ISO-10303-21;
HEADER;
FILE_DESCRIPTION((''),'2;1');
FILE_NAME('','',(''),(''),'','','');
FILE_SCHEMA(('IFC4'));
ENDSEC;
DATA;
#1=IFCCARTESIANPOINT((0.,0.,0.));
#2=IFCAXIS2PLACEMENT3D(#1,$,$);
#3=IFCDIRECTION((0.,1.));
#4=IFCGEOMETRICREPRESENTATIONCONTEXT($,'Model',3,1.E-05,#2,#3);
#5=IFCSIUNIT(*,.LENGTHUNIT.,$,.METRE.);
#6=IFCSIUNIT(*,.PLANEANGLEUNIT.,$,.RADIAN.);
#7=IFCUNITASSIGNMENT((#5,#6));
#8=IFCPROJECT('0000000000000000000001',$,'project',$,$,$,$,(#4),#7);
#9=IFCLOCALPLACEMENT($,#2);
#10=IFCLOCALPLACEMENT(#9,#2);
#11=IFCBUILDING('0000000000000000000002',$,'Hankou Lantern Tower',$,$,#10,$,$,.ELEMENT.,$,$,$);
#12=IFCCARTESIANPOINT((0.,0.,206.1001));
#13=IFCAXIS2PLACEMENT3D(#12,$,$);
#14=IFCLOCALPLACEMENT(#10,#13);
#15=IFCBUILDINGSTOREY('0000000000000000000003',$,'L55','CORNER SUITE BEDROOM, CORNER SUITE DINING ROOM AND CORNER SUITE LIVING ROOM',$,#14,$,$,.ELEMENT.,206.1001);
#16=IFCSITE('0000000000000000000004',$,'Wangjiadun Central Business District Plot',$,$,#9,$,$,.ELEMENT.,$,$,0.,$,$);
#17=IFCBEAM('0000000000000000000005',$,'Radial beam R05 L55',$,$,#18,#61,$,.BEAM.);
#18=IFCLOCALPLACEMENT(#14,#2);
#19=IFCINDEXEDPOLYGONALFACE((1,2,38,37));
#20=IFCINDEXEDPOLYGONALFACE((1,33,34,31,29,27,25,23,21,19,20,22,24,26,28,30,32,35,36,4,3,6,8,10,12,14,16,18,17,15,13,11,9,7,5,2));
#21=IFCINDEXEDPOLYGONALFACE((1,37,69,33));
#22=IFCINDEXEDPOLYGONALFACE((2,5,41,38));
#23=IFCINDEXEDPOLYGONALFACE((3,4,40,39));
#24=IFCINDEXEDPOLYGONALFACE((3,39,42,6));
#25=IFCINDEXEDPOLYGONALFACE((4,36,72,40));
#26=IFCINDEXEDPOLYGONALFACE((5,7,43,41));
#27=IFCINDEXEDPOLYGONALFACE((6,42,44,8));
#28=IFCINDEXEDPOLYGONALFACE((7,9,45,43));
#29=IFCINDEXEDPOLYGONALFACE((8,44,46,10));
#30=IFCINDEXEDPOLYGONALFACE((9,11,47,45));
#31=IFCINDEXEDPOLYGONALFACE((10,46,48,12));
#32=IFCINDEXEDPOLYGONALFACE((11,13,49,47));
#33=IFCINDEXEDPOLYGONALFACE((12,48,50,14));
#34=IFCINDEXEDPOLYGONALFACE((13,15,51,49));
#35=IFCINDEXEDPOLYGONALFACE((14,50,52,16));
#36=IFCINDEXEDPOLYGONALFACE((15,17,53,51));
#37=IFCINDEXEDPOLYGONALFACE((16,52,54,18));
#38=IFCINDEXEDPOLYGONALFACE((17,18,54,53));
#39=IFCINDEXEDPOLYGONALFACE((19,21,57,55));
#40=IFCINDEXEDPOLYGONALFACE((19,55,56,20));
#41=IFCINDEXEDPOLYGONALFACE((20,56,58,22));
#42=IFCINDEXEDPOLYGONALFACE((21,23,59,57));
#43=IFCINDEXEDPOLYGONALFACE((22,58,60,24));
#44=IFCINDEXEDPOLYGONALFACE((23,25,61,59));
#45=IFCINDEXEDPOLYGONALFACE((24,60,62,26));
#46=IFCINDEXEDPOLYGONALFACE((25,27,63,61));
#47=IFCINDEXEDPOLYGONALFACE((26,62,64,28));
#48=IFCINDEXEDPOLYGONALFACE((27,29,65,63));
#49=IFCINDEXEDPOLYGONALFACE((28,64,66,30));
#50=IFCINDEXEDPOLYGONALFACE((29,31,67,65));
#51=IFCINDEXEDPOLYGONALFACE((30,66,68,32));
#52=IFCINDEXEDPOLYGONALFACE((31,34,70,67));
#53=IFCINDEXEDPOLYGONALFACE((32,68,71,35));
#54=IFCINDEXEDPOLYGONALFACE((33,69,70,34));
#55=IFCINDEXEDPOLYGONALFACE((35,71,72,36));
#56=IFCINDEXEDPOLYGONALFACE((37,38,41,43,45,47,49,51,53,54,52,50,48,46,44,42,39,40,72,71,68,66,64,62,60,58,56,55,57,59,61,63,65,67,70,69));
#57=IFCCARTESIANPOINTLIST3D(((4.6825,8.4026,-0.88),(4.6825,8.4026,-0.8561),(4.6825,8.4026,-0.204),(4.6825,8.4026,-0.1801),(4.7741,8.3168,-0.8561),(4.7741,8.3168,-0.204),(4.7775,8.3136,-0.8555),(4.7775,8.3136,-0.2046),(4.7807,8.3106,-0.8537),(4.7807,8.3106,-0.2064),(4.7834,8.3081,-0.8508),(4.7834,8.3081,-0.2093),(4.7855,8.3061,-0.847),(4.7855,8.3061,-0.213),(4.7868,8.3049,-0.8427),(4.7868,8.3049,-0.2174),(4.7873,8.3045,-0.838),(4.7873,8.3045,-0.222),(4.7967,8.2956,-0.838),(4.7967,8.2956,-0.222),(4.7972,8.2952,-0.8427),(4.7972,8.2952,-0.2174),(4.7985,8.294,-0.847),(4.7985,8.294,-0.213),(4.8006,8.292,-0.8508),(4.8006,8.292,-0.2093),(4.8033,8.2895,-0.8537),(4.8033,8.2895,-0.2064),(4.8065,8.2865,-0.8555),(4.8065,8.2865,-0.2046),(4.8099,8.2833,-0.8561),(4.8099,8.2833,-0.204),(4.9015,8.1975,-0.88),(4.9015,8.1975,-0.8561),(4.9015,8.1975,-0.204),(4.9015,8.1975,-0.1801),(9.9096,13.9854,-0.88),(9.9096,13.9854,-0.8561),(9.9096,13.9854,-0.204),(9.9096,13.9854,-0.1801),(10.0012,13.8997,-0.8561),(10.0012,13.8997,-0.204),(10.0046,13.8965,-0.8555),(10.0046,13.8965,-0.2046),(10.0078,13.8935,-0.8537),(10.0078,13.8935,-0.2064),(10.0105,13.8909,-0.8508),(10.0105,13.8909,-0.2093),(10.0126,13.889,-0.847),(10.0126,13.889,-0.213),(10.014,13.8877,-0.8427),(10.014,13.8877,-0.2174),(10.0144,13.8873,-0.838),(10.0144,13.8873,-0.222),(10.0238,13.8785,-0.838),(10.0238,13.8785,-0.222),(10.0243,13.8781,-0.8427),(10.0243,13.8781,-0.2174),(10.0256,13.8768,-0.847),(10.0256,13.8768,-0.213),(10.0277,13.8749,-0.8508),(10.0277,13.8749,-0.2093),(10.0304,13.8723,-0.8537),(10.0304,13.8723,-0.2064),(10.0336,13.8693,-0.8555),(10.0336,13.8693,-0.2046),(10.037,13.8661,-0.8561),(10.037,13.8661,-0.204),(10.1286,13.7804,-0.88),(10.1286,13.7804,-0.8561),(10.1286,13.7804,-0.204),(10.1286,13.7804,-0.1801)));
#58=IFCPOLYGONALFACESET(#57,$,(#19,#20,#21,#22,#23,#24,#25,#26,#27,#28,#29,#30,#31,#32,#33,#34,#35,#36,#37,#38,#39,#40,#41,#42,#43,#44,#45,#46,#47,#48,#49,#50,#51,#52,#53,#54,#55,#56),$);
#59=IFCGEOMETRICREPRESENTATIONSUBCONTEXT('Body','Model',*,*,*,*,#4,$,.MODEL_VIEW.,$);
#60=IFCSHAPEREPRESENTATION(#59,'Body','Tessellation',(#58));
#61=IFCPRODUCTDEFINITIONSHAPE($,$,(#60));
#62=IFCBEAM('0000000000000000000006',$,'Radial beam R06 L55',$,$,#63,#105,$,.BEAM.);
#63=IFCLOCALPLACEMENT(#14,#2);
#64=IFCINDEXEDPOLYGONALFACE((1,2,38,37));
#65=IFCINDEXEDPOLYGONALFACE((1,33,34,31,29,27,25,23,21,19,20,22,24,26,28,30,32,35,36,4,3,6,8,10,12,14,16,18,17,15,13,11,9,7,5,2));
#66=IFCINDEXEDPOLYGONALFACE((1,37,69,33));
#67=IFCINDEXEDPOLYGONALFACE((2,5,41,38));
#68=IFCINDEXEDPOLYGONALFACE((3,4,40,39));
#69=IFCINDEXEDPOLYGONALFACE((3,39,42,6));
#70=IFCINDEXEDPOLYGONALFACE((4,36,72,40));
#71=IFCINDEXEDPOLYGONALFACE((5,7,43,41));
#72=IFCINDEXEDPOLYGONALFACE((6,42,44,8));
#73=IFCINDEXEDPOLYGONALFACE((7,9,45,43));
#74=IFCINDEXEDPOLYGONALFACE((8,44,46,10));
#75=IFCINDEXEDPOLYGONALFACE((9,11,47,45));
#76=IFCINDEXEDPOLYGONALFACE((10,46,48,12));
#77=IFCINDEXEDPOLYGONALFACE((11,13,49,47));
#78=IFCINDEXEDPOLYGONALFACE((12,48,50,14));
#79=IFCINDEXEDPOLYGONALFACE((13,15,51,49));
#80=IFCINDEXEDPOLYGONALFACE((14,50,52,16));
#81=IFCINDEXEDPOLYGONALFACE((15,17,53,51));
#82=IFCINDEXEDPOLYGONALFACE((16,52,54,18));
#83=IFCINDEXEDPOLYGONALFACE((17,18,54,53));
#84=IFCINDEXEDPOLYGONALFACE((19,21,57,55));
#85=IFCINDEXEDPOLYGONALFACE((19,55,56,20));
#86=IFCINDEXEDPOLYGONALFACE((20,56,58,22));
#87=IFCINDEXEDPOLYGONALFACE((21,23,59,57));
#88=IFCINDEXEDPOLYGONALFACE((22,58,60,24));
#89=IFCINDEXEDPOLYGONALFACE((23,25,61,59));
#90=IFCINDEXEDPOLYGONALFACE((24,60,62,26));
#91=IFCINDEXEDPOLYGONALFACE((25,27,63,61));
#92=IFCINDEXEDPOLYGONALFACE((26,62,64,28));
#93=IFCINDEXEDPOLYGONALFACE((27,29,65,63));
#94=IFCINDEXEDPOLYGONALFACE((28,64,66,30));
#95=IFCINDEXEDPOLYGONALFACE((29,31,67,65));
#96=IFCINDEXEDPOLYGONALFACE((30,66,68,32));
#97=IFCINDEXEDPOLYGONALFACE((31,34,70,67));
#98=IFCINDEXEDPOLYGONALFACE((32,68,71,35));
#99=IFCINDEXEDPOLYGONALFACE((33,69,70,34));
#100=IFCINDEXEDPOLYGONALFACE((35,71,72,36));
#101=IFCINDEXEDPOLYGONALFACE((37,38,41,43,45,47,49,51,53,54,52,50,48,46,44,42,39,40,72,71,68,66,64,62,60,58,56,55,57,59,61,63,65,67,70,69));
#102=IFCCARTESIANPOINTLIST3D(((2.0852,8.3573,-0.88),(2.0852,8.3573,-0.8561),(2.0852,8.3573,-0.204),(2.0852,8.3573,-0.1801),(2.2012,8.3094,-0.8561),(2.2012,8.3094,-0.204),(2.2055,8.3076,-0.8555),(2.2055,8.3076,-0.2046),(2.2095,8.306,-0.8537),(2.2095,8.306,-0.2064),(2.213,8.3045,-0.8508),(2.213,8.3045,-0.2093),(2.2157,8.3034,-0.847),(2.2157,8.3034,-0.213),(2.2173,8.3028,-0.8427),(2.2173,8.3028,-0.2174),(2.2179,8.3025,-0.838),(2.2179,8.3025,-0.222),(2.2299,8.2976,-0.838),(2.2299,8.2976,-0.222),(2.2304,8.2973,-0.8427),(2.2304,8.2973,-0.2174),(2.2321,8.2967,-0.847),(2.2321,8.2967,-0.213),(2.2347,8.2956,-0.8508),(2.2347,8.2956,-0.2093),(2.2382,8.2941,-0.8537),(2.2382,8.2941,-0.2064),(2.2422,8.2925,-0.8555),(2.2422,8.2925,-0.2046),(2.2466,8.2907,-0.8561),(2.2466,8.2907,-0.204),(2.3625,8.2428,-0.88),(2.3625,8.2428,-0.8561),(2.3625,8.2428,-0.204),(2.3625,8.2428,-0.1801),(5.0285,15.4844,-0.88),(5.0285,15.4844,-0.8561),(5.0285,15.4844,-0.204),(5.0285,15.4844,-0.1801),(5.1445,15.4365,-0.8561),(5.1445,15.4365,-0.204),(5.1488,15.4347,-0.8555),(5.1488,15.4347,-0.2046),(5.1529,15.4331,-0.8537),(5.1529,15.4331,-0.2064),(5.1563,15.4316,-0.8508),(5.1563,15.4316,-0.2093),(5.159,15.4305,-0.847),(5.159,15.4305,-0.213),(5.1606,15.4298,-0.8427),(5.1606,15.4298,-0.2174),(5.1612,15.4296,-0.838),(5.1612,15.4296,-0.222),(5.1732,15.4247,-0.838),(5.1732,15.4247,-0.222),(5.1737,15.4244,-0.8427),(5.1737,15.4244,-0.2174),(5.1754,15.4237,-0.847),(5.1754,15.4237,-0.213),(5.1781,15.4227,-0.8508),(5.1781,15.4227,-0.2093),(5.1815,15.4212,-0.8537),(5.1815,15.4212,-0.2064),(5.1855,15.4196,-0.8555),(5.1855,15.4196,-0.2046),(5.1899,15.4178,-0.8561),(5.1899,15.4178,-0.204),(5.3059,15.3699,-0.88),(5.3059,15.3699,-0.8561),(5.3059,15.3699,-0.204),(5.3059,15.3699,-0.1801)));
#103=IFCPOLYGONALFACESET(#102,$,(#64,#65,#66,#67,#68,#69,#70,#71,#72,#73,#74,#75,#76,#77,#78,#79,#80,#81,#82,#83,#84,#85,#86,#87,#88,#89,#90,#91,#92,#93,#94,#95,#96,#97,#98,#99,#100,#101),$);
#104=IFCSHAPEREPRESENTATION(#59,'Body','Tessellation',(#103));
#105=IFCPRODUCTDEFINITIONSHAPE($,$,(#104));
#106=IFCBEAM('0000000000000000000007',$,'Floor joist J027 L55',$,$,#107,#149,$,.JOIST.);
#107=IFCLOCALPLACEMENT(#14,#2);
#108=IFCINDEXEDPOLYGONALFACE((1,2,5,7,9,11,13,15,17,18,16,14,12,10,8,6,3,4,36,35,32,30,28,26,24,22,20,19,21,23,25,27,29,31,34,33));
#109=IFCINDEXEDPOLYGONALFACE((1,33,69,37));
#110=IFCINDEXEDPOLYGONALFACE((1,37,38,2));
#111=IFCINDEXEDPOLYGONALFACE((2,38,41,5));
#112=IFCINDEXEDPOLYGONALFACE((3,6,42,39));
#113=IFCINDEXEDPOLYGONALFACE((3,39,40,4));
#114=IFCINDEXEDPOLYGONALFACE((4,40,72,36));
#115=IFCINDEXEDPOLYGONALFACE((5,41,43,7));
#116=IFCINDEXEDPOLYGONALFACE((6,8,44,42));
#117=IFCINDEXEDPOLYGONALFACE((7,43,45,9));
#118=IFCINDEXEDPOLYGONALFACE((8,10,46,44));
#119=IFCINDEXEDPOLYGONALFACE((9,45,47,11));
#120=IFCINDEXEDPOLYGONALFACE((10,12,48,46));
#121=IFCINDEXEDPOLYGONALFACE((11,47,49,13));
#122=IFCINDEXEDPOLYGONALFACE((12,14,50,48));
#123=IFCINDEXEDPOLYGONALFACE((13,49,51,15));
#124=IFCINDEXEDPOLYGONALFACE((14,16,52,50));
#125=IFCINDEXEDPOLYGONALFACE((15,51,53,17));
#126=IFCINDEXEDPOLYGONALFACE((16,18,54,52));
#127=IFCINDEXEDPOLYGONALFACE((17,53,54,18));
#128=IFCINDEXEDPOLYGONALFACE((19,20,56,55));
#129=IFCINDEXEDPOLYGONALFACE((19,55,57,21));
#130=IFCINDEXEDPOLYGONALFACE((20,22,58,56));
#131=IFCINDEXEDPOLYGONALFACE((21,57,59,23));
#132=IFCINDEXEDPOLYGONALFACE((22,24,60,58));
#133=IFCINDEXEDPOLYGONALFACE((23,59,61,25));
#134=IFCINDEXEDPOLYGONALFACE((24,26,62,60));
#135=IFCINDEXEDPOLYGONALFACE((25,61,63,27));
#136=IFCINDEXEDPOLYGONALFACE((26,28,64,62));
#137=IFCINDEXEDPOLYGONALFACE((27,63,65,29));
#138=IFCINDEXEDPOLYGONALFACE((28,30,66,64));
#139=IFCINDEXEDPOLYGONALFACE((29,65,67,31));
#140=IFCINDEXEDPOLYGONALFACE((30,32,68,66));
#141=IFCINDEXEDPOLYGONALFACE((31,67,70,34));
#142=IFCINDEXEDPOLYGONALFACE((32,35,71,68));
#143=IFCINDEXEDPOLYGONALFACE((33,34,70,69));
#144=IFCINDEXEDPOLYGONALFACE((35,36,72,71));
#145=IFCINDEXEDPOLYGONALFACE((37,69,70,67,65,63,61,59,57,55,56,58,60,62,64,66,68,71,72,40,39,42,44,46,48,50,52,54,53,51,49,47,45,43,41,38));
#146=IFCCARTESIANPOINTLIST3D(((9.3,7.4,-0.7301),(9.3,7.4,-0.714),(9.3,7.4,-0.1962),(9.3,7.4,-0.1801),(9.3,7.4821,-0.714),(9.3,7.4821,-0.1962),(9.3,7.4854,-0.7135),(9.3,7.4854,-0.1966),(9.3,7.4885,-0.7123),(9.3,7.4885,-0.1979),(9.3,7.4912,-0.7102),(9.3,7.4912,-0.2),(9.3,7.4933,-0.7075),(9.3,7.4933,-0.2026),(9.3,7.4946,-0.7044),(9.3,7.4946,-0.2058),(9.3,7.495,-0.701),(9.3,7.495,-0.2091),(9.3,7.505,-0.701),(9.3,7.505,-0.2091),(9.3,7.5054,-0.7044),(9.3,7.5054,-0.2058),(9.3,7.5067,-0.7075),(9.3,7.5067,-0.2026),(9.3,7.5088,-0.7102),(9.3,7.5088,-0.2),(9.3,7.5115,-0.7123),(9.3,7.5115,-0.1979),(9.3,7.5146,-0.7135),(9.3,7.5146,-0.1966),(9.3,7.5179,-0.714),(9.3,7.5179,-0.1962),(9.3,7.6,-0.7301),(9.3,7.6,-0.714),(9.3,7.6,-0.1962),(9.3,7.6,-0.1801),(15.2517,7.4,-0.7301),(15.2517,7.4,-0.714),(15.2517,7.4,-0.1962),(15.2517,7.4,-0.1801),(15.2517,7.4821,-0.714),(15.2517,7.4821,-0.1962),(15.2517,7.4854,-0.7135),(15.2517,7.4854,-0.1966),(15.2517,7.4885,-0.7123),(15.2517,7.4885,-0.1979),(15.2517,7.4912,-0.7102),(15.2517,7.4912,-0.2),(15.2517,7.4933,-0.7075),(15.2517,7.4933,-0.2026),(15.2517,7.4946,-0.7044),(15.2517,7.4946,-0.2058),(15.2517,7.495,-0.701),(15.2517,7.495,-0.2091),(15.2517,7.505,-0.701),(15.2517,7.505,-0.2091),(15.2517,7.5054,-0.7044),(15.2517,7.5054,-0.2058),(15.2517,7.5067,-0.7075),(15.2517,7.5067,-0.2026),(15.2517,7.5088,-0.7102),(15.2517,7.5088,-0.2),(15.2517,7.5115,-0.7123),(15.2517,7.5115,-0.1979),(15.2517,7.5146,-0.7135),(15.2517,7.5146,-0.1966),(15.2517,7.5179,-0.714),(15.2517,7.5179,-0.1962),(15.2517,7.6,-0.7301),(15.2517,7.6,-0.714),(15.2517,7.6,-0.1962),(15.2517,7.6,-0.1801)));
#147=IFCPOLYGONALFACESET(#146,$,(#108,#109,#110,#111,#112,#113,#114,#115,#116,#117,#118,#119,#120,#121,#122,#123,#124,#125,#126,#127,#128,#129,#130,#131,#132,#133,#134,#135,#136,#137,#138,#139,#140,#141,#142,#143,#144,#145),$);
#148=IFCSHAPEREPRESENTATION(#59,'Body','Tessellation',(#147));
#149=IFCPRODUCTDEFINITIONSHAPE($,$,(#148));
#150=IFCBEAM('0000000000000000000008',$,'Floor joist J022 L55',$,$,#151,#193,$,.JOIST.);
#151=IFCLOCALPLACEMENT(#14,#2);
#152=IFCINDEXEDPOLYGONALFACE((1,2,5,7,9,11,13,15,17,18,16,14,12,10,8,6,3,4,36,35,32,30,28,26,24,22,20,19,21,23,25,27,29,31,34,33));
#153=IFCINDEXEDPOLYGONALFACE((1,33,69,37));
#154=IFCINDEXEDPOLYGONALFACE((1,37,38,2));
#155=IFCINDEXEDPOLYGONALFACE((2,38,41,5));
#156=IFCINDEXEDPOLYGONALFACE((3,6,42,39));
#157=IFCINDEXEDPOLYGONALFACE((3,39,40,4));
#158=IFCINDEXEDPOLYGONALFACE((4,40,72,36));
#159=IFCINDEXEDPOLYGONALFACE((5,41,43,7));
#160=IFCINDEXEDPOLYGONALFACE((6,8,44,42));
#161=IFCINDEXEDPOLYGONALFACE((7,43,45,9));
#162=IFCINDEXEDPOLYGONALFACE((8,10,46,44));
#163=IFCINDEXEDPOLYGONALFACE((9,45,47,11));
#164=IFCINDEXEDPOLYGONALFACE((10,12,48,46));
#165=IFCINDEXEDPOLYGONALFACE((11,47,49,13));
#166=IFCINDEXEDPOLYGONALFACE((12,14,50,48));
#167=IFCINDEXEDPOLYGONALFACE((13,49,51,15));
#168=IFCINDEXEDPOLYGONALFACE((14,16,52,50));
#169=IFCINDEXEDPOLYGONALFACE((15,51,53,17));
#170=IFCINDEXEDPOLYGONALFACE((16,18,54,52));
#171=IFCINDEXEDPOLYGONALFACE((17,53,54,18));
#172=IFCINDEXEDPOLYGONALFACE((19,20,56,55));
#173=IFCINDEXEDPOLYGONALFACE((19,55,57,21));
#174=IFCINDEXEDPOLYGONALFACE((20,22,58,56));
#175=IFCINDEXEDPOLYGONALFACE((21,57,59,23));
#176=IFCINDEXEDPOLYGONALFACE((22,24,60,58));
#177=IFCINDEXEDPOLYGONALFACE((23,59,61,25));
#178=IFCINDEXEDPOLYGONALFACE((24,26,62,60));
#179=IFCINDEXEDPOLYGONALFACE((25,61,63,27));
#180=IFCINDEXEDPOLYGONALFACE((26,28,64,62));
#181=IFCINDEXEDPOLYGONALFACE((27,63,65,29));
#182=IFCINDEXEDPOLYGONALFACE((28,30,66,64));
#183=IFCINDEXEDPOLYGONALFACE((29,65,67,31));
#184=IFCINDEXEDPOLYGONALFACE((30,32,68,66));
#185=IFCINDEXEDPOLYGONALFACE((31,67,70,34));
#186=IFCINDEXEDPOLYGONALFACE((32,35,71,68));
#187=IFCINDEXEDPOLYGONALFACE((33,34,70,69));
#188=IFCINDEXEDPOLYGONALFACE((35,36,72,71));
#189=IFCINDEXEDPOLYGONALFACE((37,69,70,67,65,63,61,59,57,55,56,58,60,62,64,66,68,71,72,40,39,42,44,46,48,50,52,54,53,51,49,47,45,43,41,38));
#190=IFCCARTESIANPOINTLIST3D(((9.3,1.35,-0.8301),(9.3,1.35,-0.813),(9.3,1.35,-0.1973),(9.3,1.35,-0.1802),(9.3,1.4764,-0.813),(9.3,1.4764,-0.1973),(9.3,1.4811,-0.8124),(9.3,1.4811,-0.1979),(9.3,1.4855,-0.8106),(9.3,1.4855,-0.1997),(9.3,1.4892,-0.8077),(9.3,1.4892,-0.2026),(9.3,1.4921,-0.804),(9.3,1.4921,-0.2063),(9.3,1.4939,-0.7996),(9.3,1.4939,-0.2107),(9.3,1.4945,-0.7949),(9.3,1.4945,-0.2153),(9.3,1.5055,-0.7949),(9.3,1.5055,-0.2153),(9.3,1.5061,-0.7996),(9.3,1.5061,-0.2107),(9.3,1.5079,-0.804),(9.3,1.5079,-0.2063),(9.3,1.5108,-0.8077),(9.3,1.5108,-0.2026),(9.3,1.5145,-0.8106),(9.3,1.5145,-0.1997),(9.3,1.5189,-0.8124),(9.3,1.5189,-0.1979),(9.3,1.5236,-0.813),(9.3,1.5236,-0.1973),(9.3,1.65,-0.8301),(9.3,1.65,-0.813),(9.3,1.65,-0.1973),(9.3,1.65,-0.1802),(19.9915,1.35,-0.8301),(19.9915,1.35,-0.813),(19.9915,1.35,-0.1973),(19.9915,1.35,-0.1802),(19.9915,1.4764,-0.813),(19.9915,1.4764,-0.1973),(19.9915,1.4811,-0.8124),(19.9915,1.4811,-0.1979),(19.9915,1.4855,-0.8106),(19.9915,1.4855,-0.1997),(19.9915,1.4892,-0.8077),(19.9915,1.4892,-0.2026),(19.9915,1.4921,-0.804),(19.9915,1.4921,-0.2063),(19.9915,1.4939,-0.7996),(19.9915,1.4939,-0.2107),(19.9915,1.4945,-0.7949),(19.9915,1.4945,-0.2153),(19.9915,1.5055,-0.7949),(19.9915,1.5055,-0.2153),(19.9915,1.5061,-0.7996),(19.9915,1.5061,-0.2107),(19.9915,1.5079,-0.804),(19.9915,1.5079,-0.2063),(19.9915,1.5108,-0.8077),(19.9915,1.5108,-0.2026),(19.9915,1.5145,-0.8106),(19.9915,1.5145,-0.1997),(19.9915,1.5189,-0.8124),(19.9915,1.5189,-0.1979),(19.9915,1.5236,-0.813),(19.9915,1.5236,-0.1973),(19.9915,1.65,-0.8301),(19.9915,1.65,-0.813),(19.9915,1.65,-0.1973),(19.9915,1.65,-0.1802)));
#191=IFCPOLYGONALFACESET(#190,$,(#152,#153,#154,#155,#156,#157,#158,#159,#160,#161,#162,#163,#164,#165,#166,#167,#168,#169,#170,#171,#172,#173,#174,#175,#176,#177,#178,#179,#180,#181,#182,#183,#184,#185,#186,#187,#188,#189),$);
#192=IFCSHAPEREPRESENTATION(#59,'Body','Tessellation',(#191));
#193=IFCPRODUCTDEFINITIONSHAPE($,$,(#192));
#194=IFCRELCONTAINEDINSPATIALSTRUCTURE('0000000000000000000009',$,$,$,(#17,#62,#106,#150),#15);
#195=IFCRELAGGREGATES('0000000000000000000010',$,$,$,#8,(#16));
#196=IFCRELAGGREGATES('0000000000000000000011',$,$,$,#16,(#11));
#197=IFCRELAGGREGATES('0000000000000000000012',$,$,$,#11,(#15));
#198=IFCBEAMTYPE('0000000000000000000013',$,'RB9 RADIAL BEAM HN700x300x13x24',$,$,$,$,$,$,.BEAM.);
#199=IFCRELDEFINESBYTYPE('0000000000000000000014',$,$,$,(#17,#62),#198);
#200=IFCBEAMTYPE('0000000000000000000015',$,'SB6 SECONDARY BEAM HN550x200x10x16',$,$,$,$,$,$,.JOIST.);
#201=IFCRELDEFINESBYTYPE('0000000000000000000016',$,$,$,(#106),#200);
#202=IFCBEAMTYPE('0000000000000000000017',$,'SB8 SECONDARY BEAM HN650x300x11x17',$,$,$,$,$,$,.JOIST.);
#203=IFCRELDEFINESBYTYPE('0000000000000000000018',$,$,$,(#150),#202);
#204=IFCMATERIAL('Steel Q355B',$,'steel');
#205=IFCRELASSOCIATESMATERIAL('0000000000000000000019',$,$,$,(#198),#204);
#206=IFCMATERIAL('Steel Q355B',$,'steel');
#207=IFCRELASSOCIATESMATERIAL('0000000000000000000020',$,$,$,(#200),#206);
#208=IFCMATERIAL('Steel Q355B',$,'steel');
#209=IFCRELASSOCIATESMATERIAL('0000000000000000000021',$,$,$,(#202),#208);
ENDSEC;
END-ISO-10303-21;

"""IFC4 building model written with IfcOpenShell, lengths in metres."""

from ifc_helpers import new_model, si_unit, direction, frame, origin, origin_2d, place, context, subcontext, project, spatial, i_section, extrude, material, material_profile, profile_set, type_object, element, save


model = new_model("IFC4")

# Units and contexts
model_context = context("Model", 3, precision=1e-05, world=origin(), true_north=direction((0.0, 1.0)))
body_context = subcontext(model_context, "Body", "Model", "MODEL_VIEW")
ifc_project = project(units=[si_unit("LENGTHUNIT", "METRE"), si_unit("PLANEANGLEUNIT", "RADIAN")], contexts=[model_context])

# Site, building, storey
site_placement = place(None, origin())
site = spatial("IfcSite", under=ifc_project, at=site_placement, Name="Wangjiadun Central Business District Plot", CompositionType="ELEMENT", RefElevation=0.0)
building_placement = place(site_placement, origin())
building = spatial("IfcBuilding", under=site, at=building_placement, Name="Hankou Lantern Tower", CompositionType="ELEMENT")
storey_placement = place(building_placement, frame((0.0, 0.0, 206.1001)))
storey = spatial("IfcBuildingStorey", under=building, at=storey_placement, Name="L55", Description="CORNER SUITE BEDROOM, CORNER SUITE DINING ROOM AND CORNER SUITE LIVING ROOM", CompositionType="ELEMENT", Elevation=206.1001)

# Beams
ifc_material_1 = material(Name="Steel Q355B", Category="steel")
ifc_material_profile_1 = material_profile(ifc_material_1, i_section(OverallWidth=0.3, OverallDepth=0.7, WebThickness=0.0129, FlangeThickness=0.0239, FilletRadius=0.0181, at=origin_2d()), Name="HN700x300x13x24")
ifc_profile_set_1 = profile_set([ifc_material_profile_1], Name="Steel Q355B")
beam_type_1 = type_object("IfcBeamType", Name="RB9 RADIAL BEAM HN700x300x13x24", PredefinedType="BEAM", material=ifc_profile_set_1)
beam_1_placement = place(storey_placement, frame((4.792, 8.3, -0.53), z_axis=(0.683468, 0.72998, 0.0), x_axis=(-0.72998, 0.683468, 0.0)))
element("IfcBeam", 1, at=beam_1_placement, inside=storey, type_object=beam_type_1, Name="Radial beam R05 L55", PredefinedType="BEAM", context=body_context, shape_type="SweptSolid", body=[
    extrude(i_section(OverallWidth=0.3, OverallDepth=0.7, WebThickness=0.0129, FlangeThickness=0.0239, FilletRadius=0.0181, at=origin_2d()), origin(), (0.0, 0.0, 1.0), 7.6479),
])
beam_2_placement = place(storey_placement, frame((2.2239, 8.3, -0.53), z_axis=(0.381707, 0.924284, 0.0), x_axis=(-0.924284, 0.381707, 0.0)))
element("IfcBeam", 2, at=beam_2_placement, inside=storey, type_object=beam_type_1, Name="Radial beam R06 L55", PredefinedType="BEAM", context=body_context, shape_type="SweptSolid", body=[
    extrude(i_section(OverallWidth=0.3, OverallDepth=0.7, WebThickness=0.0129, FlangeThickness=0.0239, FilletRadius=0.0181, at=origin_2d()), origin(), (0.0, 0.0, 1.0), 7.7109),
])
ifc_material_2 = material(Name="Steel Q355B", Category="steel")
ifc_material_profile_2 = material_profile(ifc_material_2, i_section(OverallWidth=0.2, OverallDepth=0.55, WebThickness=0.01, FlangeThickness=0.0161, FilletRadius=0.0129, at=origin_2d()), Name="HN550x200x10x16")
ifc_profile_set_2 = profile_set([ifc_material_profile_2], Name="Steel Q355B")
beam_type_2 = type_object("IfcBeamType", Name="SB6 SECONDARY BEAM HN550x200x10x16", PredefinedType="JOIST", material=ifc_profile_set_2)
beam_3_placement = place(storey_placement, frame((9.3, 7.5, -0.4551), z_axis=(1.0, 0.0, 0.0), x_axis=(0.0, 1.0, 0.0)))
element("IfcBeam", 3, at=beam_3_placement, inside=storey, type_object=beam_type_2, Name="Floor joist J027 L55", PredefinedType="JOIST", context=body_context, shape_type="SweptSolid", body=[
    extrude(i_section(OverallWidth=0.2, OverallDepth=0.55, WebThickness=0.01, FlangeThickness=0.0161, FilletRadius=0.0129, at=origin_2d()), origin(), (0.0, 0.0, 1.0), 5.9517),
])
ifc_material_3 = material(Name="Steel Q355B", Category="steel")
ifc_material_profile_3 = material_profile(ifc_material_3, i_section(OverallWidth=0.3, OverallDepth=0.6499, WebThickness=0.011, FlangeThickness=0.0171, FilletRadius=0.0181, at=origin_2d()), Name="HN650x300x11x17")
ifc_profile_set_3 = profile_set([ifc_material_profile_3], Name="Steel Q355B")
beam_type_3 = type_object("IfcBeamType", Name="SB8 SECONDARY BEAM HN650x300x11x17", PredefinedType="JOIST", material=ifc_profile_set_3)
beam_4_placement = place(storey_placement, frame((9.3, 1.5, -0.5051), z_axis=(1.0, 0.0, 0.0), x_axis=(0.0, 1.0, 0.0)))
element("IfcBeam", 4, at=beam_4_placement, inside=storey, type_object=beam_type_3, Name="Floor joist J022 L55", PredefinedType="JOIST", context=body_context, shape_type="SweptSolid", body=[
    extrude(i_section(OverallWidth=0.3, OverallDepth=0.6499, WebThickness=0.011, FlangeThickness=0.0171, FilletRadius=0.0181, at=origin_2d()), origin(), (0.0, 0.0, 1.0), 10.6914),
])

save(model, "model.ifc")
